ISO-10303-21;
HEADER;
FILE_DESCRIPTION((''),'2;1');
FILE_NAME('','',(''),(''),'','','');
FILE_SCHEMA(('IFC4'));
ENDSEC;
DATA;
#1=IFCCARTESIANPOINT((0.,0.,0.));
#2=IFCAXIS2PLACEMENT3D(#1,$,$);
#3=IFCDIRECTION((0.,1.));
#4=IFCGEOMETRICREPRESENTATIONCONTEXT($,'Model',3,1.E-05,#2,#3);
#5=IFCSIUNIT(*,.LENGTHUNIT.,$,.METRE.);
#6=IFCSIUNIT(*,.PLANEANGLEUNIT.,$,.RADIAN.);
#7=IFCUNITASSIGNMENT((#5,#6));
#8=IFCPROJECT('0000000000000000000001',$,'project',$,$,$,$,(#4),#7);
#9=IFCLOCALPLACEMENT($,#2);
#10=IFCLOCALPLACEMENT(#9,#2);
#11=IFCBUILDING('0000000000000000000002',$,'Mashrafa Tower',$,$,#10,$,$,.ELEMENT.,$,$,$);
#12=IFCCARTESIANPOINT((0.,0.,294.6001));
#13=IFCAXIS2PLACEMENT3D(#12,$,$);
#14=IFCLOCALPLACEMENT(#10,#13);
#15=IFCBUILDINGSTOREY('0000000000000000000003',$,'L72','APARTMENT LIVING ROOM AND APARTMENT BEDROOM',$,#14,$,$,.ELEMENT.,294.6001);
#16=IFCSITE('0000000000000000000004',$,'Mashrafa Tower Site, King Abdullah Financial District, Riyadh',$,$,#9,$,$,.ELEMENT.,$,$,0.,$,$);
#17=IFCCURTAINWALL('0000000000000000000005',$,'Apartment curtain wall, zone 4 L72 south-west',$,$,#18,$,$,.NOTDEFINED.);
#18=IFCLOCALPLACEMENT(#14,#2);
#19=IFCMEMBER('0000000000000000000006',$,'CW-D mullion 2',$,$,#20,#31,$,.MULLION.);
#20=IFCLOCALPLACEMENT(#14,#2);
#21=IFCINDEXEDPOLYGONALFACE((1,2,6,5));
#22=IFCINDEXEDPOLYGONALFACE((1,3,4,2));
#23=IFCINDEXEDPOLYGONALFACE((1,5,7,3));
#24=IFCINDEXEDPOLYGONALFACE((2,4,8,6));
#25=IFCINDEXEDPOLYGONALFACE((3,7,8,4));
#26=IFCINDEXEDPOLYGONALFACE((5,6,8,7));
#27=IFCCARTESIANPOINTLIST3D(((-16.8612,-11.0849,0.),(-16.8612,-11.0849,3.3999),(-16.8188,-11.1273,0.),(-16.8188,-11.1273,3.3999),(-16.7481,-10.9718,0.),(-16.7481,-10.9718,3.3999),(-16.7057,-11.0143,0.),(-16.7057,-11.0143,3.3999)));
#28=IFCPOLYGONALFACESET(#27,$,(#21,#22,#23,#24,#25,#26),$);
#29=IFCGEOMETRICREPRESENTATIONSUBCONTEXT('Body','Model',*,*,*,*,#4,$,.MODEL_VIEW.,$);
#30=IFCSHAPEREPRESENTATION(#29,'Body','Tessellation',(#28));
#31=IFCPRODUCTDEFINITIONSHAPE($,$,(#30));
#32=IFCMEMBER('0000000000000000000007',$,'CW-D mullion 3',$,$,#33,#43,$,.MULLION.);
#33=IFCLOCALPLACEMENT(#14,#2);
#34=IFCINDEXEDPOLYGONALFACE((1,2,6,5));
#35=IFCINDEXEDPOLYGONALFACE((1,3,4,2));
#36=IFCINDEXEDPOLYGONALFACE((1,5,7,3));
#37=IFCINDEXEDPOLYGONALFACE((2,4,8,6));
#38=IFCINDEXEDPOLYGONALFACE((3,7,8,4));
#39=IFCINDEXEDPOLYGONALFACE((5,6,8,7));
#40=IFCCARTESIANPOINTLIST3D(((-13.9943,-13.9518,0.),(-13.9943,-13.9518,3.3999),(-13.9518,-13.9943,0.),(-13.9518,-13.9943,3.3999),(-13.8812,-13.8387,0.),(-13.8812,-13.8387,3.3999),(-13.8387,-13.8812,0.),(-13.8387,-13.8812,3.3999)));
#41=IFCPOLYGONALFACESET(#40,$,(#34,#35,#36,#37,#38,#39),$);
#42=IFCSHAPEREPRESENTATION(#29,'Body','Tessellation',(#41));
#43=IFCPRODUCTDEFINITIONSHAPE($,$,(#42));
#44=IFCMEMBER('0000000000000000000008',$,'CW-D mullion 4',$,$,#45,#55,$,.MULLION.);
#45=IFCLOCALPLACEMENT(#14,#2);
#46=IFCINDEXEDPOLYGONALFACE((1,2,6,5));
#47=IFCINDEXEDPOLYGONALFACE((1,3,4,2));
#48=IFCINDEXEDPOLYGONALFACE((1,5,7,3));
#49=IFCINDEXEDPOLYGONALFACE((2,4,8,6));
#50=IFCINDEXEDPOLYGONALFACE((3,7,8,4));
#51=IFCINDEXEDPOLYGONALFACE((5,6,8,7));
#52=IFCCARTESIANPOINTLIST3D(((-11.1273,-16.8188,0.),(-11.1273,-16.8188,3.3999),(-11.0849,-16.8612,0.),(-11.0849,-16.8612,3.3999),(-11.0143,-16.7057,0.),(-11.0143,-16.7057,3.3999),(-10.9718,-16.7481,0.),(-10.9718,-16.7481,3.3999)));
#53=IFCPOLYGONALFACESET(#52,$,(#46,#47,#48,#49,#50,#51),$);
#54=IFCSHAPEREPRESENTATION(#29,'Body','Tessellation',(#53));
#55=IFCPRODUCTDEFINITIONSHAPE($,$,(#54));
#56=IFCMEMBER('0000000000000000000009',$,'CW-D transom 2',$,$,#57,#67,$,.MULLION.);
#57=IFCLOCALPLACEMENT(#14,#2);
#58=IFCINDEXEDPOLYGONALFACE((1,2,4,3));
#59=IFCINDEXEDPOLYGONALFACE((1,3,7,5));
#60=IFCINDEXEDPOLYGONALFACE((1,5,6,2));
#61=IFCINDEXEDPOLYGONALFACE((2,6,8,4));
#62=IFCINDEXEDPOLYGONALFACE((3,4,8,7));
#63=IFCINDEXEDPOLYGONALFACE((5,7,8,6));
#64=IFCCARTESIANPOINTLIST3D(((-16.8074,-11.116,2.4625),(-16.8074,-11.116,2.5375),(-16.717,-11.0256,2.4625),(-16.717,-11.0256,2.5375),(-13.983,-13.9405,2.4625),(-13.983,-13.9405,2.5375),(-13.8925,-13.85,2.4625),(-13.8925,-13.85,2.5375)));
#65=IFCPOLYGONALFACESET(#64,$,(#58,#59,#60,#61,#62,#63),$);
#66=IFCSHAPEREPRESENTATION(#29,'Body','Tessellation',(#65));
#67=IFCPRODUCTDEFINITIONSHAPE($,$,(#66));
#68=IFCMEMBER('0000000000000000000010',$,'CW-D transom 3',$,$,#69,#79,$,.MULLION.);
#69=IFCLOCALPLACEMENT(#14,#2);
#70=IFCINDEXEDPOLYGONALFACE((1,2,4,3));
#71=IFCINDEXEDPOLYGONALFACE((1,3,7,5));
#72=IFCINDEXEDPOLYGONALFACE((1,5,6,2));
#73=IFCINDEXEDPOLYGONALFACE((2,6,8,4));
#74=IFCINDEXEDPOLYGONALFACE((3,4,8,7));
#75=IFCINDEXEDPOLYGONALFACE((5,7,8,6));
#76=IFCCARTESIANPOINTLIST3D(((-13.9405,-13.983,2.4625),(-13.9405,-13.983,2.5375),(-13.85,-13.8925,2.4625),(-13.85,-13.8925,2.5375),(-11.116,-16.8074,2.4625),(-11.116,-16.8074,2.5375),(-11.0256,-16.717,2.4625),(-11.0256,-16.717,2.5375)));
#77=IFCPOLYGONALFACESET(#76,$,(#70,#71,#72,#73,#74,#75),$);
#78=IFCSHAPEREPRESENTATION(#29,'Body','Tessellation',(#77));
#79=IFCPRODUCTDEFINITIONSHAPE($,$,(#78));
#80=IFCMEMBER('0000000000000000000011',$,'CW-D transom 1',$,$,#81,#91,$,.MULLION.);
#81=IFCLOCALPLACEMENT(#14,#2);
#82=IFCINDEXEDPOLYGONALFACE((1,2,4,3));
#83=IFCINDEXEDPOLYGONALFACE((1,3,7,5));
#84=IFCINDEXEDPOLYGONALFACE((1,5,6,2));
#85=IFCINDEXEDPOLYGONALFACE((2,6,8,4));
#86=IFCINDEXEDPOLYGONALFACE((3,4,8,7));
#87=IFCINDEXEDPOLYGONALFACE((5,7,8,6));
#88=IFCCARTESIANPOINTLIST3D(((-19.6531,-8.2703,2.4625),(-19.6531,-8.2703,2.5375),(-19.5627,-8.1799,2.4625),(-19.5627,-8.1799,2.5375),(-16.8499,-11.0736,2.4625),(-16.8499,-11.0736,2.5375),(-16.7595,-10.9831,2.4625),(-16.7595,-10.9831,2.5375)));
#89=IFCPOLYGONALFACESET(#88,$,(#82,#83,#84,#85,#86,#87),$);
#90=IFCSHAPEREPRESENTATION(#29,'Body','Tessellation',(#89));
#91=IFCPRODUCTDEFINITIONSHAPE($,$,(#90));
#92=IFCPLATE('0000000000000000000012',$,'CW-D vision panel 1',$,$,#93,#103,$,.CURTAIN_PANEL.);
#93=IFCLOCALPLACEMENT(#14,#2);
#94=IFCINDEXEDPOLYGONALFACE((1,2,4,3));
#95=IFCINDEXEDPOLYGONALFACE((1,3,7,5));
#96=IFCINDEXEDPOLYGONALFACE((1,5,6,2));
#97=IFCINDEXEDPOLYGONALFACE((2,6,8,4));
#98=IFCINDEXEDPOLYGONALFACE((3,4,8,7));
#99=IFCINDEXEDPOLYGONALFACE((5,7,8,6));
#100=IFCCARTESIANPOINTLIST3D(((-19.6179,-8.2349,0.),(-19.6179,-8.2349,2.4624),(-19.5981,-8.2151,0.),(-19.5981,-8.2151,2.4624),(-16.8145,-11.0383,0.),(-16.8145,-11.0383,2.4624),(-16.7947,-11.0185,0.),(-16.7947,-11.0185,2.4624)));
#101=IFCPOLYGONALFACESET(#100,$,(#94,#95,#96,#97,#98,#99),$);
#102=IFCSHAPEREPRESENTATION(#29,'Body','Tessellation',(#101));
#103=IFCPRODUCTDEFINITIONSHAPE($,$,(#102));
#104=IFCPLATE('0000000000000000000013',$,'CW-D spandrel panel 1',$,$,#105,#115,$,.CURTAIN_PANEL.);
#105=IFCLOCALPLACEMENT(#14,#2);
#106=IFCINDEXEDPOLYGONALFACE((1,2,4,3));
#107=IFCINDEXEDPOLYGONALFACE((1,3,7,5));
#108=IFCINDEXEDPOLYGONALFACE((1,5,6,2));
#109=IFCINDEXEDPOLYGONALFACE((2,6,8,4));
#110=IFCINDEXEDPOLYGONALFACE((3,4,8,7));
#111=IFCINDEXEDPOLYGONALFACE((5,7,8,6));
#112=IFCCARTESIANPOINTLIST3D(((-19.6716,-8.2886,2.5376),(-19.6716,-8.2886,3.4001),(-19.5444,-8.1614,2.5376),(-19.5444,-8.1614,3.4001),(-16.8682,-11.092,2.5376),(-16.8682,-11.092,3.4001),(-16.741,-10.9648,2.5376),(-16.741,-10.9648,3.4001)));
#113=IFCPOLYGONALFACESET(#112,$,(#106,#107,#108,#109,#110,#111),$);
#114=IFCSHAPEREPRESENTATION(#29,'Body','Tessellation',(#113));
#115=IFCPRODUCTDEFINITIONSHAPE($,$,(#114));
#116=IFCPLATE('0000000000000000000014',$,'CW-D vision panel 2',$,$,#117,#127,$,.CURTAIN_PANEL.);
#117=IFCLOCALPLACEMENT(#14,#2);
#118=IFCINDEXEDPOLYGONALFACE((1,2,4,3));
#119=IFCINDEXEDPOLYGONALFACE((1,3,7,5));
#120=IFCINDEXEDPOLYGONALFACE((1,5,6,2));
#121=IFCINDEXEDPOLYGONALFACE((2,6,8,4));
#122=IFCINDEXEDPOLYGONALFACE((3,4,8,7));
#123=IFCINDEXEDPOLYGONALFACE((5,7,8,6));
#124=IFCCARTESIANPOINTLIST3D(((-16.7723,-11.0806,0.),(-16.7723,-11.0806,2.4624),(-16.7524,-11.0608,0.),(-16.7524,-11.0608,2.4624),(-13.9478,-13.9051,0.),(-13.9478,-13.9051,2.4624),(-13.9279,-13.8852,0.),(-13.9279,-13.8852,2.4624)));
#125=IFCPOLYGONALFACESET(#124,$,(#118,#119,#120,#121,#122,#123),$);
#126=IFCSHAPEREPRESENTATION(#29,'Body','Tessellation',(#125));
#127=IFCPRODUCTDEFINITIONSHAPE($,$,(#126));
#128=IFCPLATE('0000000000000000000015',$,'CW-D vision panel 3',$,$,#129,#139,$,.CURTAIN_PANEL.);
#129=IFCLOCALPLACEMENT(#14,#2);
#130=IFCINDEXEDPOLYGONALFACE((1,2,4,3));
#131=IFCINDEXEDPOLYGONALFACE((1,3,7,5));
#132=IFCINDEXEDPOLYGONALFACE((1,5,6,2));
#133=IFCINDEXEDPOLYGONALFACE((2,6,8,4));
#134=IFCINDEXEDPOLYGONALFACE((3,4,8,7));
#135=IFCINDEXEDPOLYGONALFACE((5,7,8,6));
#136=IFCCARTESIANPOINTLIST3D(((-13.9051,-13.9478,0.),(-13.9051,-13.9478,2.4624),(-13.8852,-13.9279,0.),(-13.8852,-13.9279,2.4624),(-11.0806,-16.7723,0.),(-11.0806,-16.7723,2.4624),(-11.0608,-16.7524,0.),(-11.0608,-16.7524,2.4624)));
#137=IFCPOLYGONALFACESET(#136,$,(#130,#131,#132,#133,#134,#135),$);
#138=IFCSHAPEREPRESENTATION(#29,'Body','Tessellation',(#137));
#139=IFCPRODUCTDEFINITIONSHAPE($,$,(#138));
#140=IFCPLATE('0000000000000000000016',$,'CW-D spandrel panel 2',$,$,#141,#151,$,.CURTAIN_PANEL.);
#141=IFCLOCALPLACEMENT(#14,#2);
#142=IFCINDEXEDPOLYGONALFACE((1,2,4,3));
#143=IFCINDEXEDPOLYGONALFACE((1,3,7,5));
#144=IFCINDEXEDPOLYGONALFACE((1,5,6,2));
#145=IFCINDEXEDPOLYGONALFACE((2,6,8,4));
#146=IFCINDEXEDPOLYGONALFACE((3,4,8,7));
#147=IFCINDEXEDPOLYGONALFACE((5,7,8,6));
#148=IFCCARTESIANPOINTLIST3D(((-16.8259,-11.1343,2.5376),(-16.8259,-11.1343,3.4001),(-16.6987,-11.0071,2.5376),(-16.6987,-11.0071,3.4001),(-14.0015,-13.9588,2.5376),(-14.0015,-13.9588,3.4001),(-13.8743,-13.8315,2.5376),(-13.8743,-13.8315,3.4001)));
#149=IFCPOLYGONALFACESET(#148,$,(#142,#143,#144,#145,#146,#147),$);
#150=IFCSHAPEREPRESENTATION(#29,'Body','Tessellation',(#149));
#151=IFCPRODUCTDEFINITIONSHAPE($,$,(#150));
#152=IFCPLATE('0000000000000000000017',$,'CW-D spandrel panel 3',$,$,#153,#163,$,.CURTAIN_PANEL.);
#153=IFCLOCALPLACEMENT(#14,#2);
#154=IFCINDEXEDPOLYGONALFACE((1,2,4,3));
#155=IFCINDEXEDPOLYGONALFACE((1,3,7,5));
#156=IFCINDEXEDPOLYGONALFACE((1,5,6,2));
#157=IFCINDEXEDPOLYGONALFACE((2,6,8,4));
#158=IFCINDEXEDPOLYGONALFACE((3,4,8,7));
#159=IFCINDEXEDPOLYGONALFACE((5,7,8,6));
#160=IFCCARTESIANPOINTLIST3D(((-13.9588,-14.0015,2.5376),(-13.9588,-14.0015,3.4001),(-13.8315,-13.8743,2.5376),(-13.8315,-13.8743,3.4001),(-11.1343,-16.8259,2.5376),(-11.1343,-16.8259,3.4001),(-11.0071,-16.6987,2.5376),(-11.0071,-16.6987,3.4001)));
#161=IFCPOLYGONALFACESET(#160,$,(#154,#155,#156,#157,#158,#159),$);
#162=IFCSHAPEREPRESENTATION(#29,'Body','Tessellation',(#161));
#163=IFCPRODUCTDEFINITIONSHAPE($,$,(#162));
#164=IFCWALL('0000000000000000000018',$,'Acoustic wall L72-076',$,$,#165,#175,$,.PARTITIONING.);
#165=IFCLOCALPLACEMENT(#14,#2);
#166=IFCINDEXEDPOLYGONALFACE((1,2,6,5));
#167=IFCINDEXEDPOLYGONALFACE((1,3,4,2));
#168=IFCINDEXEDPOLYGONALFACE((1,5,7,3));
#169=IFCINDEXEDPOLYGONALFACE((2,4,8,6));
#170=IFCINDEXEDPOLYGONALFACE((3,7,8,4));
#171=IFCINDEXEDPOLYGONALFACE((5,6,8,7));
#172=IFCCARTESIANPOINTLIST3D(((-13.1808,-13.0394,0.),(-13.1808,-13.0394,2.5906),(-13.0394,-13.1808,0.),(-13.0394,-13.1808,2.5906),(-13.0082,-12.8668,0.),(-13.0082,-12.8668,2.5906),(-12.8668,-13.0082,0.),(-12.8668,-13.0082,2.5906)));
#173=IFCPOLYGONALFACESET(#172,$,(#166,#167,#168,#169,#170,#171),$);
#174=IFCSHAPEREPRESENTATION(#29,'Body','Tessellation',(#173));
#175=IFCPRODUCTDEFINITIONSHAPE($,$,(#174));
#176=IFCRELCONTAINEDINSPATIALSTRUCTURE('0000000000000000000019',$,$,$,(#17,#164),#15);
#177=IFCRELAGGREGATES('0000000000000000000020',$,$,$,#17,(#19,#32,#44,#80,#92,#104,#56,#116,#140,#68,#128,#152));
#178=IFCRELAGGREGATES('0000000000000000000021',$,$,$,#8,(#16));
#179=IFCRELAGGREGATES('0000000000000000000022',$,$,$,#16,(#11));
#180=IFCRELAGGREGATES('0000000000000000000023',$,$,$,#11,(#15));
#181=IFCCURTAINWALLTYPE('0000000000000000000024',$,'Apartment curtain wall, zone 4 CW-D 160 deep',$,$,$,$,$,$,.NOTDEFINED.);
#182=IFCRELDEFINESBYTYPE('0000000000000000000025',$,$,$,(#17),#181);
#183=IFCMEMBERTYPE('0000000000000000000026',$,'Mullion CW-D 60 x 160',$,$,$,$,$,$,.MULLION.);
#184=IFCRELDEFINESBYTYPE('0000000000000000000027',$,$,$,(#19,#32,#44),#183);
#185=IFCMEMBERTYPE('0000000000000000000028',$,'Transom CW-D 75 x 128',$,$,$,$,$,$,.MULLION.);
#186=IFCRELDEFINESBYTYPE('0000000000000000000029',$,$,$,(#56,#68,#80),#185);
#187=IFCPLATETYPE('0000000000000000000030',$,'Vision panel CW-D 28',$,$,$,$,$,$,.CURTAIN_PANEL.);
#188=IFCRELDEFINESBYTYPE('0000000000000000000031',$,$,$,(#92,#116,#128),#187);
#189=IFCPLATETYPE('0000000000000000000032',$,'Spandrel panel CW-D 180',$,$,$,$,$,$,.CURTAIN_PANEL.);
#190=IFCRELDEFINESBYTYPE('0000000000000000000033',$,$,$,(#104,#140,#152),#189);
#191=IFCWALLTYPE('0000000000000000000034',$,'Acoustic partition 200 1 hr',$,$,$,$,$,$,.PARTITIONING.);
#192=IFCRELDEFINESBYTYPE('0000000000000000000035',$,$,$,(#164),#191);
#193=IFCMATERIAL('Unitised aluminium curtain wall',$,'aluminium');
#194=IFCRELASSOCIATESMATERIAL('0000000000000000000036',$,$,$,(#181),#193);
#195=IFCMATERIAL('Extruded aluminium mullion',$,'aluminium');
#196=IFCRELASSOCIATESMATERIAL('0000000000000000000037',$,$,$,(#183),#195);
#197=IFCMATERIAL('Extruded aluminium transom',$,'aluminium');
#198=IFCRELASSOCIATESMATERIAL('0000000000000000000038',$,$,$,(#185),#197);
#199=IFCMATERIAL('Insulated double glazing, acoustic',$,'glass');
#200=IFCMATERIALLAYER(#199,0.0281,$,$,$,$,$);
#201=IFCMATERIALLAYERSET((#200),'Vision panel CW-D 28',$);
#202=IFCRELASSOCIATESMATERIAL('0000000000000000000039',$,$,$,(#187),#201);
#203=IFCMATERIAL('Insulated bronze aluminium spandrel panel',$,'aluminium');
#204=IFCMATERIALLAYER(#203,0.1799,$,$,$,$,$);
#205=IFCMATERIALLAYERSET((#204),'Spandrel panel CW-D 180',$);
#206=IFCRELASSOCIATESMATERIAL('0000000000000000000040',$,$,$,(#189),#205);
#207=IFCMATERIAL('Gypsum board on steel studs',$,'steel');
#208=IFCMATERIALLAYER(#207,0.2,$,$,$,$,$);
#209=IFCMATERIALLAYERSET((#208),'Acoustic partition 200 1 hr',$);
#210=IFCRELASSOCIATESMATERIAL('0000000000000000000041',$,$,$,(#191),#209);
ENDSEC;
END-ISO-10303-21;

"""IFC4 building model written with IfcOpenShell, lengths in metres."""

from ifc_helpers import new_model, si_unit, direction, frame, frame_2d, origin, origin_2d, place, context, subcontext, project, spatial, rectangle, extrude, source, transform, mapped, material, layer, layer_set, material_profile, profile_set, type_object, type_shapes, element, aggregate, save


model = new_model("IFC4")

# Units and contexts
model_context = context("Model", 3, precision=1e-05, world=origin(), true_north=direction((0.0, 1.0)))
body_context = subcontext(model_context, "Body", "Model", "MODEL_VIEW")
ifc_project = project(units=[si_unit("LENGTHUNIT", "METRE"), si_unit("PLANEANGLEUNIT", "RADIAN")], contexts=[model_context])

# Site, building, storey
site_placement = place(None, origin())
site = spatial("IfcSite", under=ifc_project, at=site_placement, Name="Mashrafa Tower Site, King Abdullah Financial District, Riyadh", CompositionType="ELEMENT", RefElevation=0.0)
building_placement = place(site_placement, origin())
building = spatial("IfcBuilding", under=site, at=building_placement, Name="Mashrafa Tower", CompositionType="ELEMENT")
storey_placement = place(building_placement, frame((0.0, 0.0, 294.6001)))
storey = spatial("IfcBuildingStorey", under=building, at=storey_placement, Name="L72", Description="APARTMENT LIVING ROOM AND APARTMENT BEDROOM", CompositionType="ELEMENT", Elevation=294.6001)

# Curtain wall, members, plates
ifc_material_1 = material(Name="Unitised aluminium curtain wall", Category="aluminium")
curtain_wall_type = type_object("IfcCurtainWallType", Name="Apartment curtain wall, zone 4 CW-D 160 deep", PredefinedType="NOTDEFINED", material=ifc_material_1)
curtain_wall_placement = place(storey_placement, origin())
curtain_wall = element("IfcCurtainWall", 1, at=curtain_wall_placement, inside=storey, type_object=curtain_wall_type, Name="Apartment curtain wall, zone 4 L72 south-west", PredefinedType="NOTDEFINED")
ifc_material_2 = material(Name="Extruded aluminium mullion", Category="aluminium")
ifc_material_profile_1 = material_profile(ifc_material_2, rectangle(XDim=0.1599, YDim=0.0601, at=origin_2d()), Name="Mullion 60x160")
ifc_profile_set_1 = profile_set([ifc_material_profile_1], Name="Extruded aluminium mullion")
member_type_1 = type_object("IfcMemberType", Name="Mullion CW-D 60 x 160", PredefinedType="MULLION", material=ifc_profile_set_1)
shared_shape_1 = source(origin(), body_context, "Body", "SweptSolid", [
    extrude(rectangle(XDim=0.1599, YDim=0.0601, at=origin_2d()), origin(), (0.0, 0.0, 1.0), 3.3999),
])
type_shapes(member_type_1, [shared_shape_1])
member_1_placement = place(storey_placement, frame((-16.7834, -11.0496, 0.0), z_axis=(0.0, 0.0, 1.0), x_axis=(0.707107, 0.707107, 0.0)))
member_1 = element("IfcMember", 2, at=member_1_placement, type_object=member_type_1, Name="CW-D mullion 2", PredefinedType="MULLION", context=body_context, shape_type="MappedRepresentation", body=[
    mapped(shared_shape_1, transform((0.0, 0.0, 0.0))),
])
member_2_placement = place(storey_placement, frame((-13.9165, -13.9165, 0.0), z_axis=(0.0, 0.0, 1.0), x_axis=(0.707107, 0.707107, 0.0)))
member_2 = element("IfcMember", 3, at=member_2_placement, type_object=member_type_1, Name="CW-D mullion 3", PredefinedType="MULLION", context=body_context, shape_type="MappedRepresentation", body=[
    mapped(shared_shape_1, transform((0.0, 0.0, 0.0))),
])
member_3_placement = place(storey_placement, frame((-11.0496, -16.7834, 0.0), z_axis=(0.0, 0.0, 1.0), x_axis=(0.707107, 0.707107, 0.0)))
member_3 = element("IfcMember", 4, at=member_3_placement, type_object=member_type_1, Name="CW-D mullion 4", PredefinedType="MULLION", context=body_context, shape_type="MappedRepresentation", body=[
    mapped(shared_shape_1, transform((0.0, 0.0, 0.0))),
])
ifc_material_3 = material(Name="Extruded aluminium transom", Category="aluminium")
ifc_material_profile_2 = material_profile(ifc_material_3, rectangle(XDim=0.1279, YDim=0.075, at=origin_2d()), Name="Transom 75x128")
ifc_profile_set_2 = profile_set([ifc_material_profile_2], Name="Extruded aluminium transom")
member_type_2 = type_object("IfcMemberType", Name="Transom CW-D 75 x 128", PredefinedType="MULLION", material=ifc_profile_set_2)
shared_shape_2 = source(origin(), body_context, "Body", "SweptSolid", [
    extrude(rectangle(XDim=0.1279, YDim=0.075, at=origin_2d()), origin(), (0.0, 0.0, 1.0), 3.9944),
])
member_4_placement = place(storey_placement, frame((-16.7622, -11.0708, 2.5), z_axis=(0.707107, -0.707107, 0.0), x_axis=(0.707107, 0.707107, 0.0)))
member_4 = element("IfcMember", 5, at=member_4_placement, type_object=member_type_2, Name="CW-D transom 2", PredefinedType="MULLION", context=body_context, shape_type="MappedRepresentation", body=[
    mapped(shared_shape_2, transform((0.0, 0.0, 0.0))),
])
member_5_placement = place(storey_placement, frame((-13.8953, -13.9377, 2.5), z_axis=(0.707107, -0.707107, 0.0), x_axis=(0.707107, 0.707107, 0.0)))
member_5 = element("IfcMember", 6, at=member_5_placement, type_object=member_type_2, Name="CW-D transom 3", PredefinedType="MULLION", context=body_context, shape_type="MappedRepresentation", body=[
    mapped(shared_shape_2, transform((0.0, 0.0, 0.0))),
])
shared_shape_3 = source(origin(), body_context, "Body", "SweptSolid", [
    extrude(rectangle(XDim=0.1279, YDim=0.075, at=origin_2d()), origin(), (0.0, 0.0, 1.0), 3.9644),
])
type_shapes(member_type_2, [shared_shape_2, shared_shape_3])
member_6_placement = place(storey_placement, frame((-19.6079, -8.2251, 2.5), z_axis=(0.707107, -0.707107, 0.0), x_axis=(0.707107, 0.707107, 0.0)))
member_6 = element("IfcMember", 7, at=member_6_placement, type_object=member_type_2, Name="CW-D transom 1", PredefinedType="MULLION", context=body_context, shape_type="MappedRepresentation", body=[
    mapped(shared_shape_3, transform((0.0, 0.0, 0.0))),
])
ifc_material_4 = material(Name="Insulated double glazing, acoustic", Category="glass")
ifc_layer_1 = layer(ifc_material_4, 0.0281)
ifc_layer_set_1 = layer_set([ifc_layer_1], Name="Vision panel CW-D 28")
plate_type_1 = type_object("IfcPlateType", Name="Vision panel CW-D 28", PredefinedType="CURTAIN_PANEL", material=ifc_layer_set_1)
shared_shape_4 = source(origin(), body_context, "Body", "SweptSolid", [
    extrude(rectangle(XDim=3.9646, YDim=0.0281, at=origin_2d()), origin(), (0.0, 0.0, 1.0), 2.4624),
])
plate_1_placement = place(storey_placement, frame((-18.2063, -9.6267, 0.0), z_axis=(0.0, 0.0, 1.0), x_axis=(0.707107, -0.707107, 0.0)))
plate_1 = element("IfcPlate", 8, at=plate_1_placement, type_object=plate_type_1, Name="CW-D vision panel 1", PredefinedType="CURTAIN_PANEL", context=body_context, shape_type="MappedRepresentation", body=[
    mapped(shared_shape_4, transform((0.0, 0.0, 0.0))),
])
ifc_material_5 = material(Name="Insulated bronze aluminium spandrel panel", Category="aluminium")
ifc_layer_2 = layer(ifc_material_5, 0.1799)
ifc_layer_set_2 = layer_set([ifc_layer_2], Name="Spandrel panel CW-D 180")
plate_type_2 = type_object("IfcPlateType", Name="Spandrel panel CW-D 180", PredefinedType="CURTAIN_PANEL", material=ifc_layer_set_2)
shared_shape_5 = source(origin(), body_context, "Body", "SweptSolid", [
    extrude(rectangle(XDim=3.9646, YDim=0.1799, at=origin_2d()), origin(), (0.0, 0.0, 1.0), 0.8625),
])
plate_2_placement = place(storey_placement, frame((-18.2063, -9.6267, 2.5376), z_axis=(0.0, 0.0, 1.0), x_axis=(0.707107, -0.707107, 0.0)))
plate_2 = element("IfcPlate", 9, at=plate_2_placement, type_object=plate_type_2, Name="CW-D spandrel panel 1", PredefinedType="CURTAIN_PANEL", context=body_context, shape_type="MappedRepresentation", body=[
    mapped(shared_shape_5, transform((0.0, 0.0, 0.0))),
])
shared_shape_6 = source(origin(), body_context, "Body", "SweptSolid", [
    extrude(rectangle(XDim=3.9944, YDim=0.0281, at=origin_2d()), origin(), (0.0, 0.0, 1.0), 2.4624),
])
type_shapes(plate_type_1, [shared_shape_4, shared_shape_6])
plate_3_placement = place(storey_placement, frame((-15.3501, -12.4829, 0.0), z_axis=(0.0, 0.0, 1.0), x_axis=(0.707107, -0.707107, 0.0)))
plate_3 = element("IfcPlate", 10, at=plate_3_placement, type_object=plate_type_1, Name="CW-D vision panel 2", PredefinedType="CURTAIN_PANEL", context=body_context, shape_type="MappedRepresentation", body=[
    mapped(shared_shape_6, transform((0.0, 0.0, 0.0))),
])
plate_4_placement = place(storey_placement, frame((-12.4829, -15.3501, 0.0), z_axis=(0.0, 0.0, 1.0), x_axis=(0.707107, -0.707107, 0.0)))
plate_4 = element("IfcPlate", 11, at=plate_4_placement, type_object=plate_type_1, Name="CW-D vision panel 3", PredefinedType="CURTAIN_PANEL", context=body_context, shape_type="MappedRepresentation", body=[
    mapped(shared_shape_6, transform((0.0, 0.0, 0.0))),
])
shared_shape_7 = source(origin(), body_context, "Body", "SweptSolid", [
    extrude(rectangle(XDim=3.9944, YDim=0.1799, at=origin_2d()), origin(), (0.0, 0.0, 1.0), 0.8625),
])
type_shapes(plate_type_2, [shared_shape_5, shared_shape_7])
plate_5_placement = place(storey_placement, frame((-15.3501, -12.4829, 2.5376), z_axis=(0.0, 0.0, 1.0), x_axis=(0.707107, -0.707107, 0.0)))
plate_5 = element("IfcPlate", 12, at=plate_5_placement, type_object=plate_type_2, Name="CW-D spandrel panel 2", PredefinedType="CURTAIN_PANEL", context=body_context, shape_type="MappedRepresentation", body=[
    mapped(shared_shape_7, transform((0.0, 0.0, 0.0))),
])
plate_6_placement = place(storey_placement, frame((-12.4829, -15.3501, 2.5376), z_axis=(0.0, 0.0, 1.0), x_axis=(0.707107, -0.707107, 0.0)))
plate_6 = element("IfcPlate", 13, at=plate_6_placement, type_object=plate_type_2, Name="CW-D spandrel panel 3", PredefinedType="CURTAIN_PANEL", context=body_context, shape_type="MappedRepresentation", body=[
    mapped(shared_shape_7, transform((0.0, 0.0, 0.0))),
])
aggregate(curtain_wall, [member_1, member_2, member_3, member_6, plate_1, plate_2, member_4, plate_3, plate_5, member_5, plate_4, plate_6])

# Wall
ifc_material_6 = material(Name="Gypsum board on steel studs", Category="steel")
ifc_layer_3 = layer(ifc_material_6, 0.2)
ifc_layer_set_3 = layer_set([ifc_layer_3], Name="Acoustic partition 200 1 hr")
wall_type_1 = type_object("IfcWallType", Name="Acoustic partition 200 1 hr", PredefinedType="PARTITIONING", material=ifc_layer_set_3)
wall_1_placement = place(storey_placement, frame((-13.1101, -13.1101, 0.0), z_axis=(0.0, 0.0, 1.0), x_axis=(0.707107, 0.707107, 0.0)))
element("IfcWall", 14, at=wall_1_placement, inside=storey, type_object=wall_type_1, Name="Acoustic wall L72-076", PredefinedType="PARTITIONING", context=body_context, shape_type="SweptSolid", body=[
    extrude(rectangle(XDim=0.2441, YDim=0.2, at=frame_2d((0.1221, 0.0))), origin(), (0.0, 0.0, 1.0), 2.5906),
])

save(model, "model.ifc")
